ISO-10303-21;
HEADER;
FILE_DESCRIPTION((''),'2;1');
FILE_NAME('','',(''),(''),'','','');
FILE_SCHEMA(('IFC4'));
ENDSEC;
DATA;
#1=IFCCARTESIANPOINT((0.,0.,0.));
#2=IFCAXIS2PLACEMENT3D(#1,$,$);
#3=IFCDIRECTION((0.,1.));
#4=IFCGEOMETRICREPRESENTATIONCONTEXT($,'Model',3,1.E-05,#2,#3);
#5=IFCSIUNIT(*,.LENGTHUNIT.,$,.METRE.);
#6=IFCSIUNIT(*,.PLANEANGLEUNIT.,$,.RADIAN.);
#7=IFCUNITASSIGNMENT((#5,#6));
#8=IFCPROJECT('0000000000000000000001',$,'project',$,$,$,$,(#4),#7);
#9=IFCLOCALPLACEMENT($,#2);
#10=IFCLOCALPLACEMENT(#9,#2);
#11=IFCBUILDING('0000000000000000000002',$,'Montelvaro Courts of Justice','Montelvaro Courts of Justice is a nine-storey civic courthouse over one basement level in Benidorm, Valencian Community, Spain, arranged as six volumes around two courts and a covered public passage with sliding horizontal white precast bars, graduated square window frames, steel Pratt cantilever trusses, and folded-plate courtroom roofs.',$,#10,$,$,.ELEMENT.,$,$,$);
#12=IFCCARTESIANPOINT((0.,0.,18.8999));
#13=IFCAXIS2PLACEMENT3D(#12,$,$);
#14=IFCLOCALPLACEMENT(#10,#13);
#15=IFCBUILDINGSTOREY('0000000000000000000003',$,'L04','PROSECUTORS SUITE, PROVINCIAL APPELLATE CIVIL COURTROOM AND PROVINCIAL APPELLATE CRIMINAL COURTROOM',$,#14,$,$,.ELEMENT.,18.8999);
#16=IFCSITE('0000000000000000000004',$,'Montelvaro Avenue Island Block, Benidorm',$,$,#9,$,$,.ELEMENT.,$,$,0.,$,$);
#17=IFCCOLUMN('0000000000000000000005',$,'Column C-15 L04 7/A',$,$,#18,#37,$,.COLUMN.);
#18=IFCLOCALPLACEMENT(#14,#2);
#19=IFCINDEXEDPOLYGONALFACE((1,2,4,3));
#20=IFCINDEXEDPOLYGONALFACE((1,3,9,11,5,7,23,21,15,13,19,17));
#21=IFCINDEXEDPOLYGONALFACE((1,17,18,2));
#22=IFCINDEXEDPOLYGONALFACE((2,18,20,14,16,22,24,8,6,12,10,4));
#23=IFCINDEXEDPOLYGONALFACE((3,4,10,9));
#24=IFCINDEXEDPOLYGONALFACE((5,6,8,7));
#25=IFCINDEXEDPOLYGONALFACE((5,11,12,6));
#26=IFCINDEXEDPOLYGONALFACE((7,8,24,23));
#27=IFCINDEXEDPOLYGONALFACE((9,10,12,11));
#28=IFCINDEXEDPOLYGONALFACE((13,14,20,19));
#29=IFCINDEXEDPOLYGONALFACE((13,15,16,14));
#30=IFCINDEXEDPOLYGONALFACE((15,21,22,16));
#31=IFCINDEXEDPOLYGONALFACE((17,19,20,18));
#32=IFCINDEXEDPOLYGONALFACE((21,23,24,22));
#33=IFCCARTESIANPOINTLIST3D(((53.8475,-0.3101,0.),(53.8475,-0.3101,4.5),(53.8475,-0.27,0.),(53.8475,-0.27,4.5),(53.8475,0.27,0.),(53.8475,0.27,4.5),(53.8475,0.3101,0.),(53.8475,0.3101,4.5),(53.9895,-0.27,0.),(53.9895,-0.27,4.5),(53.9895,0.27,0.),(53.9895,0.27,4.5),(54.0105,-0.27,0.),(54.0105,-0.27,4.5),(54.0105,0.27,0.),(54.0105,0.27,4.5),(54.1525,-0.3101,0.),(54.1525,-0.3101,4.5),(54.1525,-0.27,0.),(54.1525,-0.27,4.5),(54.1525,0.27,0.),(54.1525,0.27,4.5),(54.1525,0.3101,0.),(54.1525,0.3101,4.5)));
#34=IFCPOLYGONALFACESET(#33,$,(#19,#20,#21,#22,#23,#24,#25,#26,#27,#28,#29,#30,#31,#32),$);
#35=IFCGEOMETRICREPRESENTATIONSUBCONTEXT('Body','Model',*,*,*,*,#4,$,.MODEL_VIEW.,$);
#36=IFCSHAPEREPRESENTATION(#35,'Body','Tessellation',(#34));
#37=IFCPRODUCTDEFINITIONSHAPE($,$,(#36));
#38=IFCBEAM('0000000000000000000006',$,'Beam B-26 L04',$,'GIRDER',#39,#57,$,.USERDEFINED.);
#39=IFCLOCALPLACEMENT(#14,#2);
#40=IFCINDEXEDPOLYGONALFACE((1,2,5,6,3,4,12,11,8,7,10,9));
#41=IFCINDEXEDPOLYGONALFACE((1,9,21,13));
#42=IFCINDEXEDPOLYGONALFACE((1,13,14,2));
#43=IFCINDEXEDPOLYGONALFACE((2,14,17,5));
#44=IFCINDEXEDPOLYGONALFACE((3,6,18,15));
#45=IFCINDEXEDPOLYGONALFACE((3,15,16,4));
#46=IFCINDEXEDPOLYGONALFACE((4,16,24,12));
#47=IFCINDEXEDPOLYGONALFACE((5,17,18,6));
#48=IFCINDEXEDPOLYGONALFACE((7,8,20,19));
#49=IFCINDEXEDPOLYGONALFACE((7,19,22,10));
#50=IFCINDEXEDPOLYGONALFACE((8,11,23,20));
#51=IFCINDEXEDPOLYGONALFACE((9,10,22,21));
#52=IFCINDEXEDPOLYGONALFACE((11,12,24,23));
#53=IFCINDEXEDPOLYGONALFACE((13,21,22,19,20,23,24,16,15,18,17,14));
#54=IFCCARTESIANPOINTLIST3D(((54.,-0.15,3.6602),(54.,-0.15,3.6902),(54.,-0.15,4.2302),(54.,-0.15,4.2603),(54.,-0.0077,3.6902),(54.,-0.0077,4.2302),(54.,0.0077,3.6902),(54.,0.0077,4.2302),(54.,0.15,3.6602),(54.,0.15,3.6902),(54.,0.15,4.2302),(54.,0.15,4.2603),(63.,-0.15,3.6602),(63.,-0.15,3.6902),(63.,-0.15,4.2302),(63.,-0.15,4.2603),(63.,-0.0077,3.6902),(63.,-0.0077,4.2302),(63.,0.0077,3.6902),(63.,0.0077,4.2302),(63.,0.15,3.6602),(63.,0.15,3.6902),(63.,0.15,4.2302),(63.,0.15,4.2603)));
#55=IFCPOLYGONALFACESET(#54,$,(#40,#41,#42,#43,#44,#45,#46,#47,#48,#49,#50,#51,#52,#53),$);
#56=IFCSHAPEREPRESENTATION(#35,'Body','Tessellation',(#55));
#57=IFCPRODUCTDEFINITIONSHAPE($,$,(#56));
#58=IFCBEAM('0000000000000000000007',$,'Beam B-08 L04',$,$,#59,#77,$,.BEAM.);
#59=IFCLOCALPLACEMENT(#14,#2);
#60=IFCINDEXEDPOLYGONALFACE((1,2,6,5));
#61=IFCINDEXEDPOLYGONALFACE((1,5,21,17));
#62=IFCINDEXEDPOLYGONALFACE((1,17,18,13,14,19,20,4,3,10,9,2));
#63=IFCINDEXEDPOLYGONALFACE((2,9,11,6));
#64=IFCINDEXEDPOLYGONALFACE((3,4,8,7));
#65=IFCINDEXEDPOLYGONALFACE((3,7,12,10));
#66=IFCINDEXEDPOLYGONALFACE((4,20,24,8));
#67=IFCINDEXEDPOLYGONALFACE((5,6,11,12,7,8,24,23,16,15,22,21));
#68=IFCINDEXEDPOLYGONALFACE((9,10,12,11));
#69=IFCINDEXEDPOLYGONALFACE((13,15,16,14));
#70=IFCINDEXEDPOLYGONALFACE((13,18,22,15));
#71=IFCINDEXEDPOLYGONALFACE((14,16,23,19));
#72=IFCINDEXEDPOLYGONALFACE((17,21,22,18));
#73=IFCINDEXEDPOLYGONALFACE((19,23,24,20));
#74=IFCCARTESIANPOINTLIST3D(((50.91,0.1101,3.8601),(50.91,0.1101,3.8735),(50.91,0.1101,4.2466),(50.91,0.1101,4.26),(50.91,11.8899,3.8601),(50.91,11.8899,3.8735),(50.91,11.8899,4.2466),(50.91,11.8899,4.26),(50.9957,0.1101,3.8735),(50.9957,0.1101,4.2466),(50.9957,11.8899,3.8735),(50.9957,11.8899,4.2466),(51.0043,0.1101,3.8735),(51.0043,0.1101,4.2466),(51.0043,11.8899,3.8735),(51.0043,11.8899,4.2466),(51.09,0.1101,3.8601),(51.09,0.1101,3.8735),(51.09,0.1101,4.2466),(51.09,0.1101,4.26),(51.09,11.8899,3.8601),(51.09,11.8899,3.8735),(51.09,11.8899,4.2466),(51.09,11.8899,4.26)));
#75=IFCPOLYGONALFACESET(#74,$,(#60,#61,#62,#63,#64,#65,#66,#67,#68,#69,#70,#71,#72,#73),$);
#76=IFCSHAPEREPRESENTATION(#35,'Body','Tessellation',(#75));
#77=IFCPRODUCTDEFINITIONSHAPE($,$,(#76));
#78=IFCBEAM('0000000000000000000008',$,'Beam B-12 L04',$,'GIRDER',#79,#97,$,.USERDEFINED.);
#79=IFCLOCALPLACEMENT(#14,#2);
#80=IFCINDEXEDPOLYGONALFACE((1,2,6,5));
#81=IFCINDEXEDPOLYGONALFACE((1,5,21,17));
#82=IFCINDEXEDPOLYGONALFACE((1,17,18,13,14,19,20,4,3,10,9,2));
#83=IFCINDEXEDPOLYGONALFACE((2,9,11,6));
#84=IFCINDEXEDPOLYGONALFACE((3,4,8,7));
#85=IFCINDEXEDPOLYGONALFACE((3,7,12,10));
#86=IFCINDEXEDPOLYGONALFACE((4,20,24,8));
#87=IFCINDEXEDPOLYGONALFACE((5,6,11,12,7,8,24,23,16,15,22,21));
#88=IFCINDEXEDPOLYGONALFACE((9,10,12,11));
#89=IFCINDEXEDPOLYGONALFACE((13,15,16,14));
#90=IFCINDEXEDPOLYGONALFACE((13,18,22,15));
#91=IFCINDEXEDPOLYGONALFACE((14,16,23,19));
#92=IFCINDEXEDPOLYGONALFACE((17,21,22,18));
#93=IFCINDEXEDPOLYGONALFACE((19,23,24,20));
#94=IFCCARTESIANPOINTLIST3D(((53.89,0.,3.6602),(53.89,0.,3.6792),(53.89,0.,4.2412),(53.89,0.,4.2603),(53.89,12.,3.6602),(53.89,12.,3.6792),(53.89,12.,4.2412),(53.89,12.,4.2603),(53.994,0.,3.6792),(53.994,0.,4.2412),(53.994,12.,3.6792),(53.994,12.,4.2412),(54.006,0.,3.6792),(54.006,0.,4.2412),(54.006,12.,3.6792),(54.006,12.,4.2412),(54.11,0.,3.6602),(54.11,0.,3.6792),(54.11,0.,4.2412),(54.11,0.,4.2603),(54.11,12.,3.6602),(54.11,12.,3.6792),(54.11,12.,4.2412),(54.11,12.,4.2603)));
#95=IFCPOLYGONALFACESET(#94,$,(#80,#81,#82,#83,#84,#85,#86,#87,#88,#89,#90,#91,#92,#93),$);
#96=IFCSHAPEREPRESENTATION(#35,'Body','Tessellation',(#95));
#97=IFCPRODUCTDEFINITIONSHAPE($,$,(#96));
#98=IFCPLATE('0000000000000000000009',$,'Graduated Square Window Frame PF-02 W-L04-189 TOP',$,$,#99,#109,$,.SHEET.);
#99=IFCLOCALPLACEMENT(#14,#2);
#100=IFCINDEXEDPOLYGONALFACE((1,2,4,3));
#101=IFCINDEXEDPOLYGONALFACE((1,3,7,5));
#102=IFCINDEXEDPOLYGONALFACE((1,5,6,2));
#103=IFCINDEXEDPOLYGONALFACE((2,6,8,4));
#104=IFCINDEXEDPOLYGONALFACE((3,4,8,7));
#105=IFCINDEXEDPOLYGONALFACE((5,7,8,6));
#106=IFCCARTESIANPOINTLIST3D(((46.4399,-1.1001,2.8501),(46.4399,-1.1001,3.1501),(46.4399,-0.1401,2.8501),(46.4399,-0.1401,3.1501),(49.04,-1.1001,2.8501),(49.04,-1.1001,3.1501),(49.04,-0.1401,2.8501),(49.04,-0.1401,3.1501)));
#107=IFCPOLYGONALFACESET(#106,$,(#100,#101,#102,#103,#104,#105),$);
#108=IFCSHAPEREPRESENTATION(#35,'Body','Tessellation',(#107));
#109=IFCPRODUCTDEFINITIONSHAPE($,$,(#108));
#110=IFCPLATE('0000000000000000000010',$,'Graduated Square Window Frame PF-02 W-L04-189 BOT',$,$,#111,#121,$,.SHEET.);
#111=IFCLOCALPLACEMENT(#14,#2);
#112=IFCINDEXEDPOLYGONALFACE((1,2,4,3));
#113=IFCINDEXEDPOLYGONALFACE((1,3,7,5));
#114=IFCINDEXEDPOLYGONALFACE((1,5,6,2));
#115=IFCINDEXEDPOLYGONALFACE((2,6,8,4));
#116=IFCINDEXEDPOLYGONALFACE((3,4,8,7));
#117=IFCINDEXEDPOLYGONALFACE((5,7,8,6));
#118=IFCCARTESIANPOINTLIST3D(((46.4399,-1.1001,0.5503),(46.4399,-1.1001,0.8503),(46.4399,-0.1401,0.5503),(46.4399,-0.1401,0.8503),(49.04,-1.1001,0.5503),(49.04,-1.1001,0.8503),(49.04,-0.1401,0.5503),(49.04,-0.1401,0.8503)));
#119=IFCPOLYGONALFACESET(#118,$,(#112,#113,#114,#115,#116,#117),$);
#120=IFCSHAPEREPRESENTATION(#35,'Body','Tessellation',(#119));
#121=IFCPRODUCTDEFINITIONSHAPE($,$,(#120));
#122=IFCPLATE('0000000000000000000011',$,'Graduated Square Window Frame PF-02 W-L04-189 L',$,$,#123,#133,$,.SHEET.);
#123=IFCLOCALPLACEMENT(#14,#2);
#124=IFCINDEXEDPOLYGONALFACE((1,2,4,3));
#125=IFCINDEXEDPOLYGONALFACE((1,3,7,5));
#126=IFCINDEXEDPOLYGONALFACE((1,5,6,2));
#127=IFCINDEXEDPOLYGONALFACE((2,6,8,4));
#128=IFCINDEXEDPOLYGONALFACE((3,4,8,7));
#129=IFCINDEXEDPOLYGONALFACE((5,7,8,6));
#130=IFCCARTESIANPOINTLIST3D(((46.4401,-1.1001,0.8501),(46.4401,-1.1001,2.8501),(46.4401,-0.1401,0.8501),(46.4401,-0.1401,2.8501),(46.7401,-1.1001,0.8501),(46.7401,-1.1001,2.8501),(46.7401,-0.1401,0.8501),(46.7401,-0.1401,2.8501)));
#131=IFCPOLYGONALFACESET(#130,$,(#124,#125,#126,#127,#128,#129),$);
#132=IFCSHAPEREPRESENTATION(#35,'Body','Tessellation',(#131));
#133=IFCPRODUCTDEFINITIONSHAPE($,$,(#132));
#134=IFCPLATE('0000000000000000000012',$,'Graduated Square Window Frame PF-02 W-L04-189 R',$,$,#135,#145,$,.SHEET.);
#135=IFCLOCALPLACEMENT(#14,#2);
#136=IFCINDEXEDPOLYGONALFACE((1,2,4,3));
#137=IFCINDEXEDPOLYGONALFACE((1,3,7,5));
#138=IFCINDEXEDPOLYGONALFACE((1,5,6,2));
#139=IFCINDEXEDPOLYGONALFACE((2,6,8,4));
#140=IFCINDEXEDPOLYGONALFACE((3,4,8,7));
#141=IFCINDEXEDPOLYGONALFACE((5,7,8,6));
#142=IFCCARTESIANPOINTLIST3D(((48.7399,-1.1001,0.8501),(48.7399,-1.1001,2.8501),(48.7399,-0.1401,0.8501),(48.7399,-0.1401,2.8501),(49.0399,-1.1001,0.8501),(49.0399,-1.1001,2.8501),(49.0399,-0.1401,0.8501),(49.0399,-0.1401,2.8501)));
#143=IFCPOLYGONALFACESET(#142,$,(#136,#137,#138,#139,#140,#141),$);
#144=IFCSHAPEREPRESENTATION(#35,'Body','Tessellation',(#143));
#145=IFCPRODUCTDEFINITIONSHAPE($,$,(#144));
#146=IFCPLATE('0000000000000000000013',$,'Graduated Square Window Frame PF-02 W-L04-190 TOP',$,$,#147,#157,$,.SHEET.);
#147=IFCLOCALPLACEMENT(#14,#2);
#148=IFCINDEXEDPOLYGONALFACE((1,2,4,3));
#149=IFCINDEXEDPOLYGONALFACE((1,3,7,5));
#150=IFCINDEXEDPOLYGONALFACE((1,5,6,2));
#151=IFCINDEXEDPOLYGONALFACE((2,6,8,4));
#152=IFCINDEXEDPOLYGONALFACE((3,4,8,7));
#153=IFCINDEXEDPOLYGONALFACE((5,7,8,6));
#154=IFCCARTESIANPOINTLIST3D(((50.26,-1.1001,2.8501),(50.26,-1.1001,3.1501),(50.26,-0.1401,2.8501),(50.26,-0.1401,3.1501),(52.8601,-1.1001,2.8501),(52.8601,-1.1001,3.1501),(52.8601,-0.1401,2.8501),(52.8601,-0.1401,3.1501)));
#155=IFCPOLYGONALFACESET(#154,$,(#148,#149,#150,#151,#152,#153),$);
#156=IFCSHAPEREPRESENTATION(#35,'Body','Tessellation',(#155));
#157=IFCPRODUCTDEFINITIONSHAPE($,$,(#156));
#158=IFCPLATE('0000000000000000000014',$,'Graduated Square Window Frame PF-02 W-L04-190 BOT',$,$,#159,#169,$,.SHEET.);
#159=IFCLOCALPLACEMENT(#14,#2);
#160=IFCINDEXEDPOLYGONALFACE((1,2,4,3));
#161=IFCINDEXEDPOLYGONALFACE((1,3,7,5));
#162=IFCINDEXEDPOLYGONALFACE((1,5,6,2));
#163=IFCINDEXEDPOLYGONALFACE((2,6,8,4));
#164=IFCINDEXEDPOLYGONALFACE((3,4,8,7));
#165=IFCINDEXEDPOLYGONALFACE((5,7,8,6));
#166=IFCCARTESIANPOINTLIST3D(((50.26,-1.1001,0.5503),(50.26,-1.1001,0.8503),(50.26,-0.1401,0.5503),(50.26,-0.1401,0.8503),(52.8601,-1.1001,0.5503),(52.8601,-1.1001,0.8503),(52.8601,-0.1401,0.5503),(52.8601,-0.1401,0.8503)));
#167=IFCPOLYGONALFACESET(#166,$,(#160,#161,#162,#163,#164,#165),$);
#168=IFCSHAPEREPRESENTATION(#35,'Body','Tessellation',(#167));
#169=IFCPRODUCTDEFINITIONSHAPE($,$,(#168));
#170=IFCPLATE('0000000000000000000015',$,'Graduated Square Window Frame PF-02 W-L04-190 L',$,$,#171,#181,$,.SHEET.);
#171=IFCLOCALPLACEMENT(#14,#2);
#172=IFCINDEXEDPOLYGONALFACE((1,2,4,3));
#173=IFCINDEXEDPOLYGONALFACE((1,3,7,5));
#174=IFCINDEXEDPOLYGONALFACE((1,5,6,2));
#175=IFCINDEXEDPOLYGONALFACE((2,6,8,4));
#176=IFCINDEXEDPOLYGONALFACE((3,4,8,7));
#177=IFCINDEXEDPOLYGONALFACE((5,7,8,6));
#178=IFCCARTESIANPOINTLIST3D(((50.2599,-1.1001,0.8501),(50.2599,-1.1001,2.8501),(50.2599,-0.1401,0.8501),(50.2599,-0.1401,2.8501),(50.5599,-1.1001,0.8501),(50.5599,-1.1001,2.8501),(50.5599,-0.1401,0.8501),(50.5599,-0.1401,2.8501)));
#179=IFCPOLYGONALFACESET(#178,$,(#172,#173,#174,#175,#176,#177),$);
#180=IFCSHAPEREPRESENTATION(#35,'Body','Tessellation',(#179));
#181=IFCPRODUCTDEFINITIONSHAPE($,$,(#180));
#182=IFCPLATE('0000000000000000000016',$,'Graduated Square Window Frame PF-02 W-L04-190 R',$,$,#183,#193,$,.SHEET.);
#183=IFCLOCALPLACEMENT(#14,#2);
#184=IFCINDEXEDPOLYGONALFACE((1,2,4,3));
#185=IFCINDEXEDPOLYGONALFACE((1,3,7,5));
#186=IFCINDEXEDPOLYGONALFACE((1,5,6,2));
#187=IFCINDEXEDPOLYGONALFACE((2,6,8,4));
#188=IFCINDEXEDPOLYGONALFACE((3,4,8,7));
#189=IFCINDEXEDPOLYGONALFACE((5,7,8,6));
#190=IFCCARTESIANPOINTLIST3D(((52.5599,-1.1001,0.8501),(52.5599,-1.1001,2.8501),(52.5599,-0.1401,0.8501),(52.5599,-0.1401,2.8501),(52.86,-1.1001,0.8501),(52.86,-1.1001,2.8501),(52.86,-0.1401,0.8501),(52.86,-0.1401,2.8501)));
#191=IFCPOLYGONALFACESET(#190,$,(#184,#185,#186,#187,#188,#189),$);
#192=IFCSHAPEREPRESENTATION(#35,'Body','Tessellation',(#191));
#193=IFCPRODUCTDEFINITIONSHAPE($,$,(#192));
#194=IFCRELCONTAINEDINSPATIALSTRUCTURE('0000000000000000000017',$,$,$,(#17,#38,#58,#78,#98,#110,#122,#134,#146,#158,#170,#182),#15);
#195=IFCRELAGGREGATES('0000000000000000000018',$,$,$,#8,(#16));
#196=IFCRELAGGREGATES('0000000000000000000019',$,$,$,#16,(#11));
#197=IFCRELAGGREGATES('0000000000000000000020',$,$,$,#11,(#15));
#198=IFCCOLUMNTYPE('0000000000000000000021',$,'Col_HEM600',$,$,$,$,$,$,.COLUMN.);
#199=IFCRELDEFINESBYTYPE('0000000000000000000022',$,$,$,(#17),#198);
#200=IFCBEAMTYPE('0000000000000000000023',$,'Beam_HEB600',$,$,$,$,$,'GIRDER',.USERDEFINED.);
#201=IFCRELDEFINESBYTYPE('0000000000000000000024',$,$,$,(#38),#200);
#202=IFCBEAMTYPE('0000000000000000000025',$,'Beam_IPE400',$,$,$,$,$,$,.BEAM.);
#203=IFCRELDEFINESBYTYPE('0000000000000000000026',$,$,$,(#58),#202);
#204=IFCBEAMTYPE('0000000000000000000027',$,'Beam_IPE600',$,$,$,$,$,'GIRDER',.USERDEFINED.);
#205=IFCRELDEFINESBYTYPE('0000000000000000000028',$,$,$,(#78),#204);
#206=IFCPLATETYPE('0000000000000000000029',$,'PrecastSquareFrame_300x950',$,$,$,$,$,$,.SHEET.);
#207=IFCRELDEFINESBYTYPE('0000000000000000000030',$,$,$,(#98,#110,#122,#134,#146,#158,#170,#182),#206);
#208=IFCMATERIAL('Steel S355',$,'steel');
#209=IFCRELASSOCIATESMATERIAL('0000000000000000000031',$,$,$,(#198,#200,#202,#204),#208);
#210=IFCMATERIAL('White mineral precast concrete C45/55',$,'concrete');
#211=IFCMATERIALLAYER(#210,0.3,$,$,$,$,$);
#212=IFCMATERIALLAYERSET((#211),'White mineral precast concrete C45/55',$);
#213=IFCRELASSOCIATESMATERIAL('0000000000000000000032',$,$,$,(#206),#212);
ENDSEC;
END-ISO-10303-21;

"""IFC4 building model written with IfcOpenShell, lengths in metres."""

from ifc_helpers import new_model, si_unit, direction, frame, origin, origin_2d, place, context, subcontext, project, spatial, rectangle, i_section, extrude, material, layer, layer_set, material_profile, profile_set, type_object, element, save


model = new_model("IFC4")

# Units and contexts
model_context = context("Model", 3, precision=1e-05, world=origin(), true_north=direction((0.0, 1.0)))
body_context = subcontext(model_context, "Body", "Model", "MODEL_VIEW")
ifc_project = project(units=[si_unit("LENGTHUNIT", "METRE"), si_unit("PLANEANGLEUNIT", "RADIAN")], contexts=[model_context])

# Site, building, storey
site_placement = place(None, origin())
site = spatial("IfcSite", under=ifc_project, at=site_placement, Name="Montelvaro Avenue Island Block, Benidorm", CompositionType="ELEMENT", RefElevation=0.0)
building_placement = place(site_placement, origin())
building = spatial("IfcBuilding", under=site, at=building_placement, Name="Montelvaro Courts of Justice", Description="Montelvaro Courts of Justice is a nine-storey civic courthouse over one basement level in Benidorm, Valencian Community, Spain, arranged as six volumes around two courts and a covered public passage with sliding horizontal white precast bars, graduated square window frames, steel Pratt cantilever trusses, and folded-plate courtroom roofs.", CompositionType="ELEMENT")
storey_placement = place(building_placement, frame((0.0, 0.0, 18.8999)))
storey = spatial("IfcBuildingStorey", under=building, at=storey_placement, Name="L04", Description="PROSECUTORS SUITE, PROVINCIAL APPELLATE CIVIL COURTROOM AND PROVINCIAL APPELLATE CRIMINAL COURTROOM", CompositionType="ELEMENT", Elevation=18.8999)

# Column
ifc_material_1 = material(Name="Steel S355", Category="steel")
ifc_material_profile_1 = material_profile(ifc_material_1, i_section(OverallWidth=0.3049, OverallDepth=0.6201, WebThickness=0.021, FlangeThickness=0.04, at=origin_2d()), Name="HEM 600")
ifc_profile_set_1 = profile_set([ifc_material_profile_1], Name="Steel S355")
column_type = type_object("IfcColumnType", Name="Col_HEM600", PredefinedType="COLUMN", material=ifc_profile_set_1)
column_placement = place(storey_placement, frame((54.0, 0.0, 0.0), z_axis=(0.0, 0.0, 1.0), x_axis=(1.0, 0.0, 0.0)))
element("IfcColumn", 1, at=column_placement, inside=storey, type_object=column_type, Name="Column C-15 L04 7/A", PredefinedType="COLUMN", context=body_context, shape_type="SweptSolid", body=[
    extrude(i_section(OverallWidth=0.3049, OverallDepth=0.6201, WebThickness=0.021, FlangeThickness=0.04, at=origin_2d()), origin(), (0.0, 0.0, 1.0), 4.5),
])

# Beams
ifc_material_profile_2 = material_profile(ifc_material_1, i_section(OverallWidth=0.3, OverallDepth=0.6001, WebThickness=0.0154, FlangeThickness=0.03, at=origin_2d()), Name="HEB 600")
ifc_profile_set_2 = profile_set([ifc_material_profile_2], Name="Steel S355")
beam_type_1 = type_object("IfcBeamType", Name="Beam_HEB600", ElementType="GIRDER", PredefinedType="USERDEFINED", material=ifc_profile_set_2)
beam_1_placement = place(storey_placement, frame((54.0, 0.0, 3.9602), z_axis=(1.0, 0.0, 0.0), x_axis=(0.0, 1.0, 0.0)))
element("IfcBeam", 2, at=beam_1_placement, inside=storey, type_object=beam_type_1, Name="Beam B-26 L04", ObjectType="GIRDER", PredefinedType="USERDEFINED", context=body_context, shape_type="SweptSolid", body=[
    extrude(i_section(OverallWidth=0.3, OverallDepth=0.6001, WebThickness=0.0154, FlangeThickness=0.03, at=origin_2d()), origin(), (0.0, 0.0, 1.0), 9.0),
])
ifc_material_profile_3 = material_profile(ifc_material_1, i_section(OverallWidth=0.1799, OverallDepth=0.3999, WebThickness=0.0085, FlangeThickness=0.0134, at=origin_2d()), Name="IPE 400")
ifc_profile_set_3 = profile_set([ifc_material_profile_3], Name="Steel S355")
beam_type_2 = type_object("IfcBeamType", Name="Beam_IPE400", PredefinedType="BEAM", material=ifc_profile_set_3)
beam_2_placement = place(storey_placement, frame((51.0, 0.1101, 4.0601), z_axis=(0.0, 1.0, 0.0), x_axis=(-1.0, 0.0, 0.0)))
element("IfcBeam", 3, at=beam_2_placement, inside=storey, type_object=beam_type_2, Name="Beam B-08 L04", PredefinedType="BEAM", context=body_context, shape_type="SweptSolid", body=[
    extrude(i_section(OverallWidth=0.1799, OverallDepth=0.3999, WebThickness=0.0085, FlangeThickness=0.0134, at=origin_2d()), origin(), (0.0, 0.0, 1.0), 11.7798),
])
ifc_material_profile_4 = material_profile(ifc_material_1, i_section(OverallWidth=0.22, OverallDepth=0.6001, WebThickness=0.012, FlangeThickness=0.019, at=origin_2d()), Name="IPE 600")
ifc_profile_set_4 = profile_set([ifc_material_profile_4], Name="Steel S355")
beam_type_3 = type_object("IfcBeamType", Name="Beam_IPE600", ElementType="GIRDER", PredefinedType="USERDEFINED", material=ifc_profile_set_4)
beam_3_placement = place(storey_placement, frame((54.0, 0.0, 3.9602), z_axis=(0.0, 1.0, 0.0), x_axis=(-1.0, 0.0, 0.0)))
element("IfcBeam", 4, at=beam_3_placement, inside=storey, type_object=beam_type_3, Name="Beam B-12 L04", ObjectType="GIRDER", PredefinedType="USERDEFINED", context=body_context, shape_type="SweptSolid", body=[
    extrude(i_section(OverallWidth=0.22, OverallDepth=0.6001, WebThickness=0.012, FlangeThickness=0.019, at=origin_2d()), origin(), (0.0, 0.0, 1.0), 12.0),
])

# Plates
ifc_material_2 = material(Name="White mineral precast concrete C45/55", Category="concrete")
ifc_layer_1 = layer(ifc_material_2, 0.3)
ifc_layer_set_1 = layer_set([ifc_layer_1], Name="White mineral precast concrete C45/55")
plate_type = type_object("IfcPlateType", Name="PrecastSquareFrame_300x950", PredefinedType="SHEET", material=ifc_layer_set_1)
for number, where, z_axis, x_axis, name in (
    (5, (47.74, -0.6201, 2.8501), (0.0, 0.0, 1.0), (1.0, 0.0, 0.0), "Graduated Square Window Frame PF-02 W-L04-189 TOP"),
    (6, (47.74, -0.6201, 0.5503), (0.0, 0.0, 1.0), (1.0, 0.0, 0.0), "Graduated Square Window Frame PF-02 W-L04-189 BOT"),
):
    element("IfcPlate", number, at=place(storey_placement, frame(where, z_axis=z_axis, x_axis=x_axis)), inside=storey, type_object=plate_type, Name=name, PredefinedType="SHEET", context=body_context, shape_type="SweptSolid", body=[
        extrude(rectangle(XDim=2.6001, YDim=0.96, at=origin_2d()), origin(), (0.0, 0.0, 1.0), 0.3),
    ])
for number, where, z_axis, x_axis, name in (
    (7, (46.5901, -0.6201, 0.8501), (0.0, 0.0, 1.0), (1.0, 0.0, 0.0), "Graduated Square Window Frame PF-02 W-L04-189 L"),
    (8, (48.8899, -0.6201, 0.8501), (0.0, 0.0, 1.0), (1.0, 0.0, 0.0), "Graduated Square Window Frame PF-02 W-L04-189 R"),
):
    element("IfcPlate", number, at=place(storey_placement, frame(where, z_axis=z_axis, x_axis=x_axis)), inside=storey, type_object=plate_type, Name=name, PredefinedType="SHEET", context=body_context, shape_type="SweptSolid", body=[
        extrude(rectangle(XDim=0.3, YDim=0.96, at=origin_2d()), origin(), (0.0, 0.0, 1.0), 2.0),
    ])
for number, where, z_axis, x_axis, name in (
    (9, (51.5601, -0.6201, 2.8501), (0.0, 0.0, 1.0), (1.0, 0.0, 0.0), "Graduated Square Window Frame PF-02 W-L04-190 TOP"),
    (10, (51.5601, -0.6201, 0.5503), (0.0, 0.0, 1.0), (1.0, 0.0, 0.0), "Graduated Square Window Frame PF-02 W-L04-190 BOT"),
):
    element("IfcPlate", number, at=place(storey_placement, frame(where, z_axis=z_axis, x_axis=x_axis)), inside=storey, type_object=plate_type, Name=name, PredefinedType="SHEET", context=body_context, shape_type="SweptSolid", body=[
        extrude(rectangle(XDim=2.6001, YDim=0.96, at=origin_2d()), origin(), (0.0, 0.0, 1.0), 0.3),
    ])
for number, where, z_axis, x_axis, name in (
    (11, (50.4099, -0.6201, 0.8501), (0.0, 0.0, 1.0), (1.0, 0.0, 0.0), "Graduated Square Window Frame PF-02 W-L04-190 L"),
    (12, (52.71, -0.6201, 0.8501), (0.0, 0.0, 1.0), (1.0, 0.0, 0.0), "Graduated Square Window Frame PF-02 W-L04-190 R"),
):
    element("IfcPlate", number, at=place(storey_placement, frame(where, z_axis=z_axis, x_axis=x_axis)), inside=storey, type_object=plate_type, Name=name, PredefinedType="SHEET", context=body_context, shape_type="SweptSolid", body=[
        extrude(rectangle(XDim=0.3, YDim=0.96, at=origin_2d()), origin(), (0.0, 0.0, 1.0), 2.0),
    ])

save(model, "model.ifc")
